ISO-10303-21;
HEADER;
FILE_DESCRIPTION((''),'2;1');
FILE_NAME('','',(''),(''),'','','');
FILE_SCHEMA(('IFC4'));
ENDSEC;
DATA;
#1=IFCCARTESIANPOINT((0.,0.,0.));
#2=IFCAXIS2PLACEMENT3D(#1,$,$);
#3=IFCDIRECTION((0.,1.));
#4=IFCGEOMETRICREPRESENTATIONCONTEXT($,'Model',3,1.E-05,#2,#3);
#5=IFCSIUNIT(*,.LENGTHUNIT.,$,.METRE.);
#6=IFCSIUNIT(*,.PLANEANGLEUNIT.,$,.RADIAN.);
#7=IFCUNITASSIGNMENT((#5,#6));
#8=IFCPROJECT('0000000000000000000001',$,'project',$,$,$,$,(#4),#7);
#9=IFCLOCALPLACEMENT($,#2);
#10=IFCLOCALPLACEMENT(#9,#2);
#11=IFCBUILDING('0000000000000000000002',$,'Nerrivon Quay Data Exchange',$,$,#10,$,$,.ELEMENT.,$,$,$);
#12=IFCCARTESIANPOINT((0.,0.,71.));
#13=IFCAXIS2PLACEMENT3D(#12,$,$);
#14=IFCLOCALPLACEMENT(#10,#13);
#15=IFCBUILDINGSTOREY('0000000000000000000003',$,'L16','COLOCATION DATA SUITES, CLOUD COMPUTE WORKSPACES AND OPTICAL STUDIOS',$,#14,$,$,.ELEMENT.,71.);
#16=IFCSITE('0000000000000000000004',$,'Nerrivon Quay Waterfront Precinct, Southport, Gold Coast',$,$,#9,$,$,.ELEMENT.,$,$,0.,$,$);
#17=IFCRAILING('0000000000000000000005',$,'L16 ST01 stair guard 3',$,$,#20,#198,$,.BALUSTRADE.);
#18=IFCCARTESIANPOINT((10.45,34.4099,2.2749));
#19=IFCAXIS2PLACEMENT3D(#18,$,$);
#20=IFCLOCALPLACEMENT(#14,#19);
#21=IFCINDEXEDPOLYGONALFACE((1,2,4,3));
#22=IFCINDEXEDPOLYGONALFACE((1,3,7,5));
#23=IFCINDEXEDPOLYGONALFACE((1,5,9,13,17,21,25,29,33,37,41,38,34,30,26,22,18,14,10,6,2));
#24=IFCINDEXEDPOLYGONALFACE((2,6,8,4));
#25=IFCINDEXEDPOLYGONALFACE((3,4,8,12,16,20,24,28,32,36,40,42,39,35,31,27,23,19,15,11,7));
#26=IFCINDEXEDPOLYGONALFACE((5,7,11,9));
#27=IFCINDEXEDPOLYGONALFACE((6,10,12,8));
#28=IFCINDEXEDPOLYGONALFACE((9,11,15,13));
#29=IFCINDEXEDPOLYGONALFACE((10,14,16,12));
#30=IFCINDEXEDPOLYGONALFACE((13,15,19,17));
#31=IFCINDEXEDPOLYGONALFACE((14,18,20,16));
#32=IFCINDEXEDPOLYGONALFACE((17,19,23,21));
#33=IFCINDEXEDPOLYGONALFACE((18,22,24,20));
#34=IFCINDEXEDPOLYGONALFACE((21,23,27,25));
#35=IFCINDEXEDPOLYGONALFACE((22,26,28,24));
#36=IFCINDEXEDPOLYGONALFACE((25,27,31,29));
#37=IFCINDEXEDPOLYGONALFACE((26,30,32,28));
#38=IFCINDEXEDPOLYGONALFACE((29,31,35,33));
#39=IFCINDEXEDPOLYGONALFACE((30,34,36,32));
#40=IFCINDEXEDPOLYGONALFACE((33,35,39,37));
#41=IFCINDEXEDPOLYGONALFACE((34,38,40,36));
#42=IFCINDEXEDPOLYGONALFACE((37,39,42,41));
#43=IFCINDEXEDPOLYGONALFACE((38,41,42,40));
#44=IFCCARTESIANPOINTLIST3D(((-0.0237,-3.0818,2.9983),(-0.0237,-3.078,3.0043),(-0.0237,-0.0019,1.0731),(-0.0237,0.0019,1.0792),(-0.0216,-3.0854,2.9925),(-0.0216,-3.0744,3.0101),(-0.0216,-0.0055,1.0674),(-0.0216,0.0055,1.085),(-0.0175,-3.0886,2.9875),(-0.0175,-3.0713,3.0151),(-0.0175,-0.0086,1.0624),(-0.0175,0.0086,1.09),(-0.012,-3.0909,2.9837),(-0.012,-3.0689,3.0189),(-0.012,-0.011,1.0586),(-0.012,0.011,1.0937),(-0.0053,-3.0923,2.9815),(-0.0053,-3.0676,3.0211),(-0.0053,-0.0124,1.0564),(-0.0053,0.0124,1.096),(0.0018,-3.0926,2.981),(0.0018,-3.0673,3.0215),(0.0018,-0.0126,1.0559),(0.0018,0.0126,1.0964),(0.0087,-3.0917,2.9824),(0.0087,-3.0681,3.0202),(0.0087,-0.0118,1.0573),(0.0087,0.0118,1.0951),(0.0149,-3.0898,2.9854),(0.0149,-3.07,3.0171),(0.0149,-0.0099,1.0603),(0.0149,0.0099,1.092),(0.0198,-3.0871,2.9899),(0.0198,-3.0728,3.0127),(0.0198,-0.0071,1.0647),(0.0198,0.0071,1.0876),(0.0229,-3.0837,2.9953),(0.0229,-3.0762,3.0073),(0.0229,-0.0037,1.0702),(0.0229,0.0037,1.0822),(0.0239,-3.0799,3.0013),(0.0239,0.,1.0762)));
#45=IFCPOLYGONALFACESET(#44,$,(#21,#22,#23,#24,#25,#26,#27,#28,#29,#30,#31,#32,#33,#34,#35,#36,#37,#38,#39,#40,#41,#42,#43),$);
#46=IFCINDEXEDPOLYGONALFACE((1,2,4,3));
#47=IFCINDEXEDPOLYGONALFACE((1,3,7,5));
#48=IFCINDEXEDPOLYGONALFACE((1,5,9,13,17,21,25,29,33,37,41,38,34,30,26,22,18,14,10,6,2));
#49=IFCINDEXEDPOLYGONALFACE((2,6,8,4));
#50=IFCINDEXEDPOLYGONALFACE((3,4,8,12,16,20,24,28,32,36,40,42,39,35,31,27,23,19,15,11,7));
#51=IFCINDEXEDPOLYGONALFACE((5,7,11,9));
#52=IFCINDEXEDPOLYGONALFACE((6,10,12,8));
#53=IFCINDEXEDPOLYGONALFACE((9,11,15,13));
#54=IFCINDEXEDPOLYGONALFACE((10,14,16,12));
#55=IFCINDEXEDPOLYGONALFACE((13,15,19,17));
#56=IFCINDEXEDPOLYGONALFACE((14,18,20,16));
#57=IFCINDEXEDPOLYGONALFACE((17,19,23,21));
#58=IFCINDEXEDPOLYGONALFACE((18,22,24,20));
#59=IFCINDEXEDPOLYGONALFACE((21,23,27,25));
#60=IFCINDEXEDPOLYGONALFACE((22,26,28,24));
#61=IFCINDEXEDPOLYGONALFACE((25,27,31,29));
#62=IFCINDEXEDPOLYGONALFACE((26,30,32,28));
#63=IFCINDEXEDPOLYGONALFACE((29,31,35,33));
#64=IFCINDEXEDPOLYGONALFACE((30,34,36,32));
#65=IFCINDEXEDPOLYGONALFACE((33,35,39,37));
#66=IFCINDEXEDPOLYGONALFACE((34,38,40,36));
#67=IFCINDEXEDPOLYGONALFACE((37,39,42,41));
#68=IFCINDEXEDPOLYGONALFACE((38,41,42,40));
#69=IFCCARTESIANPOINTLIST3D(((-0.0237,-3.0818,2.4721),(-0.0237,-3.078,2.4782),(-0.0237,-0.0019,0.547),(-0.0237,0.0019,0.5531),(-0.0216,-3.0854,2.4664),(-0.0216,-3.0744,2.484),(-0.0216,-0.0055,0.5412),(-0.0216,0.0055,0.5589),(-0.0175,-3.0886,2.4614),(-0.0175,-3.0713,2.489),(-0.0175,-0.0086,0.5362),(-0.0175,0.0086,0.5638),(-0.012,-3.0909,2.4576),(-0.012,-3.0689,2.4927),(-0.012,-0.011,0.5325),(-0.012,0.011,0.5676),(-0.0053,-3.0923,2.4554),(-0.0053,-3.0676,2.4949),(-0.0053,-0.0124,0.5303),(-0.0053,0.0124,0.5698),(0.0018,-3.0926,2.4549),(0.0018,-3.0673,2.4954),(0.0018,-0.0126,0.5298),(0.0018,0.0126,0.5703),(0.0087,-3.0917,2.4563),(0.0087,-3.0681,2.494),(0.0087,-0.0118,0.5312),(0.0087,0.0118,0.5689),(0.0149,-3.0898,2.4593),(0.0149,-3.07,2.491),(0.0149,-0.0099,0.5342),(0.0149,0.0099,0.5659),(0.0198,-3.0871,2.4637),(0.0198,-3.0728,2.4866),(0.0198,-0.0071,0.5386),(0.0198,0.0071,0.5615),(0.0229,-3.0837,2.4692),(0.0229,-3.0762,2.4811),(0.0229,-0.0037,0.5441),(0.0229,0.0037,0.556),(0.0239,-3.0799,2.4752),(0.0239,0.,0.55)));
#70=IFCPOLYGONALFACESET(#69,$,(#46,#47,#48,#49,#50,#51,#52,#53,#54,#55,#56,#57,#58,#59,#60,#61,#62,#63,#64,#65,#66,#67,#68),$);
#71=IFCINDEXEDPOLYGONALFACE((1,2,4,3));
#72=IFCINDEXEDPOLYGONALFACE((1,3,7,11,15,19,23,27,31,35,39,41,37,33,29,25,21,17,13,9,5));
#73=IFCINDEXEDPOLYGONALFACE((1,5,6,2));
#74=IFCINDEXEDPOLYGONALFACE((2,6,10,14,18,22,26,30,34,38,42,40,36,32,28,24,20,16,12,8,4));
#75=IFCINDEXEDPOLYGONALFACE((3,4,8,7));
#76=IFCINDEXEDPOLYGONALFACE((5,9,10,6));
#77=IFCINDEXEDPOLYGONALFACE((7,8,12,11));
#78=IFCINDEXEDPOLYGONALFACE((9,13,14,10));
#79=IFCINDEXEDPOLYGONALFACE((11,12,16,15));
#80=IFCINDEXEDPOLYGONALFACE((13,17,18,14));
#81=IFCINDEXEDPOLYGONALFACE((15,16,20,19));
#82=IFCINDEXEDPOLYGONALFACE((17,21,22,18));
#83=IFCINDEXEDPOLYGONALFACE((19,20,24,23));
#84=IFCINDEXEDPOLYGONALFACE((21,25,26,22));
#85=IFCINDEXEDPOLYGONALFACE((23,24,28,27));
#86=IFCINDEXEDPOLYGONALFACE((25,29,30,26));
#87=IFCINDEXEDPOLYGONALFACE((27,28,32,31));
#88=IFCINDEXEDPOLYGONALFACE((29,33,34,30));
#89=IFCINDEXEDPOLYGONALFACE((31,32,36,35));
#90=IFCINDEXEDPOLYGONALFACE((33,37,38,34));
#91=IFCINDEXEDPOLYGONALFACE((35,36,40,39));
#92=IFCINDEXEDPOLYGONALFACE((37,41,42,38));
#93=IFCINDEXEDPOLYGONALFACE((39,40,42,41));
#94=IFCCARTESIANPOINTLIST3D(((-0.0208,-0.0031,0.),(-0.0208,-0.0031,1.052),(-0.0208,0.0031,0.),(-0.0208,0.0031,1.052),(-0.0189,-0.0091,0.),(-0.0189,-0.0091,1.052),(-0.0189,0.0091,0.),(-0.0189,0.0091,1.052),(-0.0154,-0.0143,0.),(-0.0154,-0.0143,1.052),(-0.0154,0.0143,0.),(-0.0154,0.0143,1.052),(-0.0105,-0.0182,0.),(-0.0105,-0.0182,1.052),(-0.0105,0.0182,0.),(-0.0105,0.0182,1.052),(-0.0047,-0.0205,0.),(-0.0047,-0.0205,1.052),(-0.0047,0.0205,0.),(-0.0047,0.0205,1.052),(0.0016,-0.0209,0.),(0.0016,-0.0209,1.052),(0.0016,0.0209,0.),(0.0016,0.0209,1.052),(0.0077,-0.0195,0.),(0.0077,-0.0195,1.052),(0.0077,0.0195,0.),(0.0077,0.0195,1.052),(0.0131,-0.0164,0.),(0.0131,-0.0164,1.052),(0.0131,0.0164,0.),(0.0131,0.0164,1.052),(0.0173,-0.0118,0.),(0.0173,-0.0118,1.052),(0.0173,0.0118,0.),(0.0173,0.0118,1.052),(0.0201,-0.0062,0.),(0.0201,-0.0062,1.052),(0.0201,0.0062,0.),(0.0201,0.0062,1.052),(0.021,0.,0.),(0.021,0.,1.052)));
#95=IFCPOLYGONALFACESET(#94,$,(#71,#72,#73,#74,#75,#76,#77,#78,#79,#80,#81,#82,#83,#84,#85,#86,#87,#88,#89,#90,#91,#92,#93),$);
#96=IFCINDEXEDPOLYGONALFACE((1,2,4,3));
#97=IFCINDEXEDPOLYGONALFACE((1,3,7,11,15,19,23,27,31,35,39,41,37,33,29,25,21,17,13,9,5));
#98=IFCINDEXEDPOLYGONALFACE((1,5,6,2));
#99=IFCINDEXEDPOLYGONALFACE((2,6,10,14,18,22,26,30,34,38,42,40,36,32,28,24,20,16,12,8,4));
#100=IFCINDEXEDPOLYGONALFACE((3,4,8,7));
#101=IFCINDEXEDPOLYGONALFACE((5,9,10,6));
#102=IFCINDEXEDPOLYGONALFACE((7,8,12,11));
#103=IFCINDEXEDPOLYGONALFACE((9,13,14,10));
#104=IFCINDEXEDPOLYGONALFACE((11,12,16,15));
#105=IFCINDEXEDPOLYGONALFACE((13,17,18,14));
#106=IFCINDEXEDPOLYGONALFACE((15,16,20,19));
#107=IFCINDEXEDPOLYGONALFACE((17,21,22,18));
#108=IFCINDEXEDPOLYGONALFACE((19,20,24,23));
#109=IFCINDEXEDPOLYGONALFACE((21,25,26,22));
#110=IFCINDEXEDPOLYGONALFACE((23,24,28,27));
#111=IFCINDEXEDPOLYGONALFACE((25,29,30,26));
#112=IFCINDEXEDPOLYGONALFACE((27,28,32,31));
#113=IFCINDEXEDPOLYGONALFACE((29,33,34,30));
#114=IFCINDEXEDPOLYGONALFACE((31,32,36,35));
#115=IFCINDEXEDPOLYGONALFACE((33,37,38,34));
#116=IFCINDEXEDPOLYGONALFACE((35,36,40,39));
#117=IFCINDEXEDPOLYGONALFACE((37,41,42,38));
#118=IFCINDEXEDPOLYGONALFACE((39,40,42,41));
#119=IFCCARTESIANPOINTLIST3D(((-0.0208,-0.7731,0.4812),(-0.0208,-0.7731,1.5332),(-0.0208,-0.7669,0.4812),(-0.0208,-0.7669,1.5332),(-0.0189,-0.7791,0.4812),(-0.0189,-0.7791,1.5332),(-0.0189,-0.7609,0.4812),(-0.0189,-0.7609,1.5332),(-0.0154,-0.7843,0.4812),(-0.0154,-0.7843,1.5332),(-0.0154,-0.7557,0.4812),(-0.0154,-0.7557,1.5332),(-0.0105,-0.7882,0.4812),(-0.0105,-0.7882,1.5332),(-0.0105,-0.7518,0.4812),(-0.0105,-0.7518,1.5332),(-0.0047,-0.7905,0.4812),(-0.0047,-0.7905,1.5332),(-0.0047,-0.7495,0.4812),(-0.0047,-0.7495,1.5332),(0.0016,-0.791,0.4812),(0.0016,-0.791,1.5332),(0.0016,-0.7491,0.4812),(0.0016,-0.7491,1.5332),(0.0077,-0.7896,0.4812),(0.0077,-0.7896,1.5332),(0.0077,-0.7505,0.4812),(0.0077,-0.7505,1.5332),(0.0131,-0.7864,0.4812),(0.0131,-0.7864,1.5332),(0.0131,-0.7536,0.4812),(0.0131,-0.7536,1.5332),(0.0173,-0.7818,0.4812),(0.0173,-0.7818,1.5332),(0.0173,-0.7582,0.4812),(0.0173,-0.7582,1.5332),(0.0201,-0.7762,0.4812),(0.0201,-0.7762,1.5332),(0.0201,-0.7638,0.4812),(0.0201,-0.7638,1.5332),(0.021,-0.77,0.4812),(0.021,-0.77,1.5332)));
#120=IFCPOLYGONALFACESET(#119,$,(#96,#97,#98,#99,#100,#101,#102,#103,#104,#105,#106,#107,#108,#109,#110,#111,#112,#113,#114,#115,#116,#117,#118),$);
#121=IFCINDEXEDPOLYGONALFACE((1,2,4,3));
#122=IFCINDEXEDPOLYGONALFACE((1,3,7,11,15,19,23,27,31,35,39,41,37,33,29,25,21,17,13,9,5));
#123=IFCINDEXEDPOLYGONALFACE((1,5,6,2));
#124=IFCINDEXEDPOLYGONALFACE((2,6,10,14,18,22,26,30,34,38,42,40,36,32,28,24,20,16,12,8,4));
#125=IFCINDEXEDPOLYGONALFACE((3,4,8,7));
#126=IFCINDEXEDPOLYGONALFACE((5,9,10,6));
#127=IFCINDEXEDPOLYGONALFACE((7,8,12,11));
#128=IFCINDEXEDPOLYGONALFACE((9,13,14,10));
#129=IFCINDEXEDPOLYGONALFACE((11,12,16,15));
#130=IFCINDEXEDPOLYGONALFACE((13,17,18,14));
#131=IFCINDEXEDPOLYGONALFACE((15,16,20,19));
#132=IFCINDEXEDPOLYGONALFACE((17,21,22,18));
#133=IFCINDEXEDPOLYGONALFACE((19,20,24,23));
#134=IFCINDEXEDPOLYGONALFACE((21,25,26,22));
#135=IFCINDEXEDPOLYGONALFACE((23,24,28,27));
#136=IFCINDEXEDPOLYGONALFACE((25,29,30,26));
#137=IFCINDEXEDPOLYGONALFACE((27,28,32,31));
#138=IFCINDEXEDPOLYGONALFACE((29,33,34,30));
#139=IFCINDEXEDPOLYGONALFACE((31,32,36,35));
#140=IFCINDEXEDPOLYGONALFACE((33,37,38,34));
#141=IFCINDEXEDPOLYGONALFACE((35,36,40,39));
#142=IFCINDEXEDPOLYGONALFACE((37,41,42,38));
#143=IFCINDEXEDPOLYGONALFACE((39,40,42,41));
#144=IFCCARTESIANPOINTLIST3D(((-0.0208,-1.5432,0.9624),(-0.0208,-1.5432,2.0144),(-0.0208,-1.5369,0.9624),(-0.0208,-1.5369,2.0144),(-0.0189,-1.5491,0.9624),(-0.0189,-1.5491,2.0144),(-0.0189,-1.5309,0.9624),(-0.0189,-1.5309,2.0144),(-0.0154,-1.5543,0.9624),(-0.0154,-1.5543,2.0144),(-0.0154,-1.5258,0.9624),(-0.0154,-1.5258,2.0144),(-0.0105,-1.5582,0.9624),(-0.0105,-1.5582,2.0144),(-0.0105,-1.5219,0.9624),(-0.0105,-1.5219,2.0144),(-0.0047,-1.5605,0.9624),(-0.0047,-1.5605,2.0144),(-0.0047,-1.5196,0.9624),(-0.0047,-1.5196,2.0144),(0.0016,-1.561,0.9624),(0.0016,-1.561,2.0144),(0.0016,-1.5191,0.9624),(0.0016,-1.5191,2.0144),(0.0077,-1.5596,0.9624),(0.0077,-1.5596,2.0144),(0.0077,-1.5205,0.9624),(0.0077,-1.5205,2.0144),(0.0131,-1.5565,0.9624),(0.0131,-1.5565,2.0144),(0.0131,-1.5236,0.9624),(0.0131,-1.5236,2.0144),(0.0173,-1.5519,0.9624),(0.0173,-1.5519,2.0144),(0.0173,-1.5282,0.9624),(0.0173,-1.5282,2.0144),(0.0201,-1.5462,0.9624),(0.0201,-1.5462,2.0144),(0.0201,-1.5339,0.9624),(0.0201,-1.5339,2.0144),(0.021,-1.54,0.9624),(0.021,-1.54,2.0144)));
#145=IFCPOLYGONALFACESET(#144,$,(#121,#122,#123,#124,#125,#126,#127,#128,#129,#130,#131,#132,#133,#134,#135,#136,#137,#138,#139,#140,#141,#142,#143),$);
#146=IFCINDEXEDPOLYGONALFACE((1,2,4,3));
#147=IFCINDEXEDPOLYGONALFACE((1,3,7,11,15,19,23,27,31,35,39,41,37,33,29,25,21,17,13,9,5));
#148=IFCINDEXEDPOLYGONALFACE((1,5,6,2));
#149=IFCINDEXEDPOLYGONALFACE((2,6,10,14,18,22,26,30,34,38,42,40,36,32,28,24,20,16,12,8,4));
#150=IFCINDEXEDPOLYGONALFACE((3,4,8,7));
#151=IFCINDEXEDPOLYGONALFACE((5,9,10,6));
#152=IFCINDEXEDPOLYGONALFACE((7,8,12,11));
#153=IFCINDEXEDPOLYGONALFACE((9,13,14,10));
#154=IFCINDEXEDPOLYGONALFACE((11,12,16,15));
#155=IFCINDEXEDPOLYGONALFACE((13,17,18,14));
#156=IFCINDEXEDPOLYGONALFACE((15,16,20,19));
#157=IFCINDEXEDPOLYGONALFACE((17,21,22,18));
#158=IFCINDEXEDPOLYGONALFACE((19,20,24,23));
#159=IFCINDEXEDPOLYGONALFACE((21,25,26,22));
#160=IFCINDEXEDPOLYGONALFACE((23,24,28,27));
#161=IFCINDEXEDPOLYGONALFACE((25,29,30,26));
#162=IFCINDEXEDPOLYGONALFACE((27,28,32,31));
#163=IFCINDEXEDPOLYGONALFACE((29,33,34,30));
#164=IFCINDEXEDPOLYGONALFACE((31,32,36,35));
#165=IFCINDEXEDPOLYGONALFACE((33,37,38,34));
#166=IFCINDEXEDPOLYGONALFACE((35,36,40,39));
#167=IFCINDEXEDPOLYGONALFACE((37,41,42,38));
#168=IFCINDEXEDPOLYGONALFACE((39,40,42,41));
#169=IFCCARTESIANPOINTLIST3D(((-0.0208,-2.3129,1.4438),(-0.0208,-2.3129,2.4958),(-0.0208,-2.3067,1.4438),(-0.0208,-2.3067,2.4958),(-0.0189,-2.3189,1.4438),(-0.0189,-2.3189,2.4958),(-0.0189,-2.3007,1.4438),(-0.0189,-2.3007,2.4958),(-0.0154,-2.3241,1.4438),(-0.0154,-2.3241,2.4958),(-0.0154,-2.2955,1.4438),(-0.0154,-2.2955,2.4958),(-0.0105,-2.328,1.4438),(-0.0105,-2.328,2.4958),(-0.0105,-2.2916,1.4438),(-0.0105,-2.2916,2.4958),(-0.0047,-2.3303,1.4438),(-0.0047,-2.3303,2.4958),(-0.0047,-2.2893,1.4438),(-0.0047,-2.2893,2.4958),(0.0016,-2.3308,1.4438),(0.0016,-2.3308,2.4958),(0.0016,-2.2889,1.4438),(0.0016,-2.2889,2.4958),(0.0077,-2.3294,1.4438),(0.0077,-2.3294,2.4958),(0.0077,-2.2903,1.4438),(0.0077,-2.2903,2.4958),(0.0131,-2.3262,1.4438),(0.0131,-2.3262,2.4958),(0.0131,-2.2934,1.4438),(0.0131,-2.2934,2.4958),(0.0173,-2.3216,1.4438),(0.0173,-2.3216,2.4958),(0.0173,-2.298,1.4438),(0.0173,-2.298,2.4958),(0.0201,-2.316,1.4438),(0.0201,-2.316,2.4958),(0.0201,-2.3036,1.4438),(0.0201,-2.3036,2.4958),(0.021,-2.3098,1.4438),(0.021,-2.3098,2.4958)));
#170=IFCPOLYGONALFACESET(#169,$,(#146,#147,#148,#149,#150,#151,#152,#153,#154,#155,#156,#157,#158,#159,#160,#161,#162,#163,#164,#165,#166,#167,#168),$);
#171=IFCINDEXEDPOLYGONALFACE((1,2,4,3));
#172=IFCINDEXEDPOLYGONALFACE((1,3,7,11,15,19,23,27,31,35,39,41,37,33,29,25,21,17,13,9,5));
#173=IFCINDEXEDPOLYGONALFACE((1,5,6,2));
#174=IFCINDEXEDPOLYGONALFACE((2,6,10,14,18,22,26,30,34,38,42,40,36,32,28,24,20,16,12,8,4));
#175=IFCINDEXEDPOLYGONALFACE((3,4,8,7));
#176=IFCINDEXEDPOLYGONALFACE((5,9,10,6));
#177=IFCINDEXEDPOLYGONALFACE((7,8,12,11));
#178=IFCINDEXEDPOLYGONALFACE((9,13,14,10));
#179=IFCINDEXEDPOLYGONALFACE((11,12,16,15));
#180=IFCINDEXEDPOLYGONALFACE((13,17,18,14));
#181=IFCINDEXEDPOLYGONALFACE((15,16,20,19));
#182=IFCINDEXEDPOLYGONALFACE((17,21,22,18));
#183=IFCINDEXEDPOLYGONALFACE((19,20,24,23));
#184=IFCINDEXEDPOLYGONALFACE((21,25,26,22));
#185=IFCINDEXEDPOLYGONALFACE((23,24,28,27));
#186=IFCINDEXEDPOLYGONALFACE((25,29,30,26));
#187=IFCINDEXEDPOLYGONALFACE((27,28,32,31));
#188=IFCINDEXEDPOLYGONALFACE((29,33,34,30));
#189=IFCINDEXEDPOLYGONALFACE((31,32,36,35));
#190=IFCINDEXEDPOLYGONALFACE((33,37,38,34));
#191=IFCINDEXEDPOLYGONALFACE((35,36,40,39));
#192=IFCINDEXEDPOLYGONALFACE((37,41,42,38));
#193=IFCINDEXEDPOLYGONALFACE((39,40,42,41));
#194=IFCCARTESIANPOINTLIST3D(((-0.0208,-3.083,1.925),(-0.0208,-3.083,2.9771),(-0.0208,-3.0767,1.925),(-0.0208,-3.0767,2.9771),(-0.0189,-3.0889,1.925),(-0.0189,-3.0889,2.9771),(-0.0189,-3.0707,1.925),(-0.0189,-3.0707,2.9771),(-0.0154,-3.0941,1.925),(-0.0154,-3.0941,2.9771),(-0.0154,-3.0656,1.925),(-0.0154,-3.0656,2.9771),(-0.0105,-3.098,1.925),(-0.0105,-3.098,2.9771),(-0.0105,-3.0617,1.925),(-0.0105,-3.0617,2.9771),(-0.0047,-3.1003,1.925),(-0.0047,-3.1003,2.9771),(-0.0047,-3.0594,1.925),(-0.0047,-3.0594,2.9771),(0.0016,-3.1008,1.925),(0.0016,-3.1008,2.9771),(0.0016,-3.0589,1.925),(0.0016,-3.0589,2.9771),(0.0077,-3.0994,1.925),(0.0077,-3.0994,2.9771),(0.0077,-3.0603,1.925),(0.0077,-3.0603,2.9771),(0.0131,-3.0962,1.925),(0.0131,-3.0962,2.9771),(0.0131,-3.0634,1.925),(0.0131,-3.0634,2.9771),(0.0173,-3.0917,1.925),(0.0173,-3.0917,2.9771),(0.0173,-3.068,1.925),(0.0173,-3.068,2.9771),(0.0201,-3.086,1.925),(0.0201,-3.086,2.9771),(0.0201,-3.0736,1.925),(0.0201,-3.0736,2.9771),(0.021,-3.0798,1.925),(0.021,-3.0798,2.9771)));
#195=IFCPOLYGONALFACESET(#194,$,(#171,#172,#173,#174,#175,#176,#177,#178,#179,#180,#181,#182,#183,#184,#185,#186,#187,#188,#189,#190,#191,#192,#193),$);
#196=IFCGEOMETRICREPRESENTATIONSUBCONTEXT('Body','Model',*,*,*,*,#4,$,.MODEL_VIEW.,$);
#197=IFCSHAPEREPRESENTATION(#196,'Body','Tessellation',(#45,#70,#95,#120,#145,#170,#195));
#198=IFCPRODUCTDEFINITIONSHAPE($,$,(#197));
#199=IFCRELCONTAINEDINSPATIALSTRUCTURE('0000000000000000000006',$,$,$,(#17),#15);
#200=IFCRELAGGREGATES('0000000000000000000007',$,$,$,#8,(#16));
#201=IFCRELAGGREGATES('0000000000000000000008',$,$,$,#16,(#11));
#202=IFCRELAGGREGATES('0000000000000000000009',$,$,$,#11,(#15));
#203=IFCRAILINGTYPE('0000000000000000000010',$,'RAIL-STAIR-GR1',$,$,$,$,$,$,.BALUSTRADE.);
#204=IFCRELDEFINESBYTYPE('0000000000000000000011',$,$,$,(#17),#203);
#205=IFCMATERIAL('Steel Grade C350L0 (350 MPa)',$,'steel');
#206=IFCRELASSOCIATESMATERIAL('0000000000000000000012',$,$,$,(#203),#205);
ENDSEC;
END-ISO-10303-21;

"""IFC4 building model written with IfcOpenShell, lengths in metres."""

from ifc_helpers import new_model, si_unit, direction, frame, origin, origin_2d, place, context, subcontext, project, spatial, circle, extrude, material, type_object, element, save


model = new_model("IFC4")

# Units and contexts
model_context = context("Model", 3, precision=1e-05, world=origin(), true_north=direction((0.0, 1.0)))
body_context = subcontext(model_context, "Body", "Model", "MODEL_VIEW")
ifc_project = project(units=[si_unit("LENGTHUNIT", "METRE"), si_unit("PLANEANGLEUNIT", "RADIAN")], contexts=[model_context])

# Site, building, storey
site_placement = place(None, origin())
site = spatial("IfcSite", under=ifc_project, at=site_placement, Name="Nerrivon Quay Waterfront Precinct, Southport, Gold Coast", CompositionType="ELEMENT", RefElevation=0.0)
building_placement = place(site_placement, origin())
building = spatial("IfcBuilding", under=site, at=building_placement, Name="Nerrivon Quay Data Exchange", CompositionType="ELEMENT")
storey_placement = place(building_placement, frame((0.0, 0.0, 71.0)))
storey = spatial("IfcBuildingStorey", under=building, at=storey_placement, Name="L16", Description="COLOCATION DATA SUITES, CLOUD COMPUTE WORKSPACES AND OPTICAL STUDIOS", CompositionType="ELEMENT", Elevation=71.0)

# Railing
ifc_material_1 = material(Name="Steel Grade C350L0 (350 MPa)", Category="steel")
railing_type_1 = type_object("IfcRailingType", Name="RAIL-STAIR-GR1", PredefinedType="BALUSTRADE", material=ifc_material_1)
railing_1_placement = place(storey_placement, frame((10.45, 34.4099, 2.2749)))
element("IfcRailing", 1, at=railing_1_placement, inside=storey, type_object=railing_type_1, Name="L16 ST01 stair guard 3", PredefinedType="BALUSTRADE", context=body_context, shape_type="SweptSolid", body=[
    extrude(circle(Radius=0.0239, at=origin_2d()), frame((0.0, 0.0, 1.0762), z_axis=(0.0, -0.847979, 0.530029), x_axis=(1.0, 0.0, 0.0)), (0.0, 0.0, 1.0), 3.6321),
    extrude(circle(Radius=0.0239, at=origin_2d()), frame((0.0, 0.0, 0.55), z_axis=(0.0, -0.847979, 0.530029), x_axis=(1.0, 0.0, 0.0)), (0.0, 0.0, 1.0), 3.6321),
    extrude(circle(Radius=0.021, at=origin_2d()), origin(), (0.0, 0.0, 1.0), 1.052),
    extrude(circle(Radius=0.021, at=origin_2d()), frame((0.0, -0.77, 0.4812)), (0.0, 0.0, 1.0), 1.052),
    extrude(circle(Radius=0.021, at=origin_2d()), frame((0.0, -1.54, 0.9624)), (0.0, 0.0, 1.0), 1.052),
    extrude(circle(Radius=0.021, at=origin_2d()), frame((0.0, -2.3098, 1.4438)), (0.0, 0.0, 1.0), 1.052),
    extrude(circle(Radius=0.021, at=origin_2d()), frame((0.0, -3.0798, 1.925)), (0.0, 0.0, 1.0), 1.052),
])

save(model, "model.ifc")
